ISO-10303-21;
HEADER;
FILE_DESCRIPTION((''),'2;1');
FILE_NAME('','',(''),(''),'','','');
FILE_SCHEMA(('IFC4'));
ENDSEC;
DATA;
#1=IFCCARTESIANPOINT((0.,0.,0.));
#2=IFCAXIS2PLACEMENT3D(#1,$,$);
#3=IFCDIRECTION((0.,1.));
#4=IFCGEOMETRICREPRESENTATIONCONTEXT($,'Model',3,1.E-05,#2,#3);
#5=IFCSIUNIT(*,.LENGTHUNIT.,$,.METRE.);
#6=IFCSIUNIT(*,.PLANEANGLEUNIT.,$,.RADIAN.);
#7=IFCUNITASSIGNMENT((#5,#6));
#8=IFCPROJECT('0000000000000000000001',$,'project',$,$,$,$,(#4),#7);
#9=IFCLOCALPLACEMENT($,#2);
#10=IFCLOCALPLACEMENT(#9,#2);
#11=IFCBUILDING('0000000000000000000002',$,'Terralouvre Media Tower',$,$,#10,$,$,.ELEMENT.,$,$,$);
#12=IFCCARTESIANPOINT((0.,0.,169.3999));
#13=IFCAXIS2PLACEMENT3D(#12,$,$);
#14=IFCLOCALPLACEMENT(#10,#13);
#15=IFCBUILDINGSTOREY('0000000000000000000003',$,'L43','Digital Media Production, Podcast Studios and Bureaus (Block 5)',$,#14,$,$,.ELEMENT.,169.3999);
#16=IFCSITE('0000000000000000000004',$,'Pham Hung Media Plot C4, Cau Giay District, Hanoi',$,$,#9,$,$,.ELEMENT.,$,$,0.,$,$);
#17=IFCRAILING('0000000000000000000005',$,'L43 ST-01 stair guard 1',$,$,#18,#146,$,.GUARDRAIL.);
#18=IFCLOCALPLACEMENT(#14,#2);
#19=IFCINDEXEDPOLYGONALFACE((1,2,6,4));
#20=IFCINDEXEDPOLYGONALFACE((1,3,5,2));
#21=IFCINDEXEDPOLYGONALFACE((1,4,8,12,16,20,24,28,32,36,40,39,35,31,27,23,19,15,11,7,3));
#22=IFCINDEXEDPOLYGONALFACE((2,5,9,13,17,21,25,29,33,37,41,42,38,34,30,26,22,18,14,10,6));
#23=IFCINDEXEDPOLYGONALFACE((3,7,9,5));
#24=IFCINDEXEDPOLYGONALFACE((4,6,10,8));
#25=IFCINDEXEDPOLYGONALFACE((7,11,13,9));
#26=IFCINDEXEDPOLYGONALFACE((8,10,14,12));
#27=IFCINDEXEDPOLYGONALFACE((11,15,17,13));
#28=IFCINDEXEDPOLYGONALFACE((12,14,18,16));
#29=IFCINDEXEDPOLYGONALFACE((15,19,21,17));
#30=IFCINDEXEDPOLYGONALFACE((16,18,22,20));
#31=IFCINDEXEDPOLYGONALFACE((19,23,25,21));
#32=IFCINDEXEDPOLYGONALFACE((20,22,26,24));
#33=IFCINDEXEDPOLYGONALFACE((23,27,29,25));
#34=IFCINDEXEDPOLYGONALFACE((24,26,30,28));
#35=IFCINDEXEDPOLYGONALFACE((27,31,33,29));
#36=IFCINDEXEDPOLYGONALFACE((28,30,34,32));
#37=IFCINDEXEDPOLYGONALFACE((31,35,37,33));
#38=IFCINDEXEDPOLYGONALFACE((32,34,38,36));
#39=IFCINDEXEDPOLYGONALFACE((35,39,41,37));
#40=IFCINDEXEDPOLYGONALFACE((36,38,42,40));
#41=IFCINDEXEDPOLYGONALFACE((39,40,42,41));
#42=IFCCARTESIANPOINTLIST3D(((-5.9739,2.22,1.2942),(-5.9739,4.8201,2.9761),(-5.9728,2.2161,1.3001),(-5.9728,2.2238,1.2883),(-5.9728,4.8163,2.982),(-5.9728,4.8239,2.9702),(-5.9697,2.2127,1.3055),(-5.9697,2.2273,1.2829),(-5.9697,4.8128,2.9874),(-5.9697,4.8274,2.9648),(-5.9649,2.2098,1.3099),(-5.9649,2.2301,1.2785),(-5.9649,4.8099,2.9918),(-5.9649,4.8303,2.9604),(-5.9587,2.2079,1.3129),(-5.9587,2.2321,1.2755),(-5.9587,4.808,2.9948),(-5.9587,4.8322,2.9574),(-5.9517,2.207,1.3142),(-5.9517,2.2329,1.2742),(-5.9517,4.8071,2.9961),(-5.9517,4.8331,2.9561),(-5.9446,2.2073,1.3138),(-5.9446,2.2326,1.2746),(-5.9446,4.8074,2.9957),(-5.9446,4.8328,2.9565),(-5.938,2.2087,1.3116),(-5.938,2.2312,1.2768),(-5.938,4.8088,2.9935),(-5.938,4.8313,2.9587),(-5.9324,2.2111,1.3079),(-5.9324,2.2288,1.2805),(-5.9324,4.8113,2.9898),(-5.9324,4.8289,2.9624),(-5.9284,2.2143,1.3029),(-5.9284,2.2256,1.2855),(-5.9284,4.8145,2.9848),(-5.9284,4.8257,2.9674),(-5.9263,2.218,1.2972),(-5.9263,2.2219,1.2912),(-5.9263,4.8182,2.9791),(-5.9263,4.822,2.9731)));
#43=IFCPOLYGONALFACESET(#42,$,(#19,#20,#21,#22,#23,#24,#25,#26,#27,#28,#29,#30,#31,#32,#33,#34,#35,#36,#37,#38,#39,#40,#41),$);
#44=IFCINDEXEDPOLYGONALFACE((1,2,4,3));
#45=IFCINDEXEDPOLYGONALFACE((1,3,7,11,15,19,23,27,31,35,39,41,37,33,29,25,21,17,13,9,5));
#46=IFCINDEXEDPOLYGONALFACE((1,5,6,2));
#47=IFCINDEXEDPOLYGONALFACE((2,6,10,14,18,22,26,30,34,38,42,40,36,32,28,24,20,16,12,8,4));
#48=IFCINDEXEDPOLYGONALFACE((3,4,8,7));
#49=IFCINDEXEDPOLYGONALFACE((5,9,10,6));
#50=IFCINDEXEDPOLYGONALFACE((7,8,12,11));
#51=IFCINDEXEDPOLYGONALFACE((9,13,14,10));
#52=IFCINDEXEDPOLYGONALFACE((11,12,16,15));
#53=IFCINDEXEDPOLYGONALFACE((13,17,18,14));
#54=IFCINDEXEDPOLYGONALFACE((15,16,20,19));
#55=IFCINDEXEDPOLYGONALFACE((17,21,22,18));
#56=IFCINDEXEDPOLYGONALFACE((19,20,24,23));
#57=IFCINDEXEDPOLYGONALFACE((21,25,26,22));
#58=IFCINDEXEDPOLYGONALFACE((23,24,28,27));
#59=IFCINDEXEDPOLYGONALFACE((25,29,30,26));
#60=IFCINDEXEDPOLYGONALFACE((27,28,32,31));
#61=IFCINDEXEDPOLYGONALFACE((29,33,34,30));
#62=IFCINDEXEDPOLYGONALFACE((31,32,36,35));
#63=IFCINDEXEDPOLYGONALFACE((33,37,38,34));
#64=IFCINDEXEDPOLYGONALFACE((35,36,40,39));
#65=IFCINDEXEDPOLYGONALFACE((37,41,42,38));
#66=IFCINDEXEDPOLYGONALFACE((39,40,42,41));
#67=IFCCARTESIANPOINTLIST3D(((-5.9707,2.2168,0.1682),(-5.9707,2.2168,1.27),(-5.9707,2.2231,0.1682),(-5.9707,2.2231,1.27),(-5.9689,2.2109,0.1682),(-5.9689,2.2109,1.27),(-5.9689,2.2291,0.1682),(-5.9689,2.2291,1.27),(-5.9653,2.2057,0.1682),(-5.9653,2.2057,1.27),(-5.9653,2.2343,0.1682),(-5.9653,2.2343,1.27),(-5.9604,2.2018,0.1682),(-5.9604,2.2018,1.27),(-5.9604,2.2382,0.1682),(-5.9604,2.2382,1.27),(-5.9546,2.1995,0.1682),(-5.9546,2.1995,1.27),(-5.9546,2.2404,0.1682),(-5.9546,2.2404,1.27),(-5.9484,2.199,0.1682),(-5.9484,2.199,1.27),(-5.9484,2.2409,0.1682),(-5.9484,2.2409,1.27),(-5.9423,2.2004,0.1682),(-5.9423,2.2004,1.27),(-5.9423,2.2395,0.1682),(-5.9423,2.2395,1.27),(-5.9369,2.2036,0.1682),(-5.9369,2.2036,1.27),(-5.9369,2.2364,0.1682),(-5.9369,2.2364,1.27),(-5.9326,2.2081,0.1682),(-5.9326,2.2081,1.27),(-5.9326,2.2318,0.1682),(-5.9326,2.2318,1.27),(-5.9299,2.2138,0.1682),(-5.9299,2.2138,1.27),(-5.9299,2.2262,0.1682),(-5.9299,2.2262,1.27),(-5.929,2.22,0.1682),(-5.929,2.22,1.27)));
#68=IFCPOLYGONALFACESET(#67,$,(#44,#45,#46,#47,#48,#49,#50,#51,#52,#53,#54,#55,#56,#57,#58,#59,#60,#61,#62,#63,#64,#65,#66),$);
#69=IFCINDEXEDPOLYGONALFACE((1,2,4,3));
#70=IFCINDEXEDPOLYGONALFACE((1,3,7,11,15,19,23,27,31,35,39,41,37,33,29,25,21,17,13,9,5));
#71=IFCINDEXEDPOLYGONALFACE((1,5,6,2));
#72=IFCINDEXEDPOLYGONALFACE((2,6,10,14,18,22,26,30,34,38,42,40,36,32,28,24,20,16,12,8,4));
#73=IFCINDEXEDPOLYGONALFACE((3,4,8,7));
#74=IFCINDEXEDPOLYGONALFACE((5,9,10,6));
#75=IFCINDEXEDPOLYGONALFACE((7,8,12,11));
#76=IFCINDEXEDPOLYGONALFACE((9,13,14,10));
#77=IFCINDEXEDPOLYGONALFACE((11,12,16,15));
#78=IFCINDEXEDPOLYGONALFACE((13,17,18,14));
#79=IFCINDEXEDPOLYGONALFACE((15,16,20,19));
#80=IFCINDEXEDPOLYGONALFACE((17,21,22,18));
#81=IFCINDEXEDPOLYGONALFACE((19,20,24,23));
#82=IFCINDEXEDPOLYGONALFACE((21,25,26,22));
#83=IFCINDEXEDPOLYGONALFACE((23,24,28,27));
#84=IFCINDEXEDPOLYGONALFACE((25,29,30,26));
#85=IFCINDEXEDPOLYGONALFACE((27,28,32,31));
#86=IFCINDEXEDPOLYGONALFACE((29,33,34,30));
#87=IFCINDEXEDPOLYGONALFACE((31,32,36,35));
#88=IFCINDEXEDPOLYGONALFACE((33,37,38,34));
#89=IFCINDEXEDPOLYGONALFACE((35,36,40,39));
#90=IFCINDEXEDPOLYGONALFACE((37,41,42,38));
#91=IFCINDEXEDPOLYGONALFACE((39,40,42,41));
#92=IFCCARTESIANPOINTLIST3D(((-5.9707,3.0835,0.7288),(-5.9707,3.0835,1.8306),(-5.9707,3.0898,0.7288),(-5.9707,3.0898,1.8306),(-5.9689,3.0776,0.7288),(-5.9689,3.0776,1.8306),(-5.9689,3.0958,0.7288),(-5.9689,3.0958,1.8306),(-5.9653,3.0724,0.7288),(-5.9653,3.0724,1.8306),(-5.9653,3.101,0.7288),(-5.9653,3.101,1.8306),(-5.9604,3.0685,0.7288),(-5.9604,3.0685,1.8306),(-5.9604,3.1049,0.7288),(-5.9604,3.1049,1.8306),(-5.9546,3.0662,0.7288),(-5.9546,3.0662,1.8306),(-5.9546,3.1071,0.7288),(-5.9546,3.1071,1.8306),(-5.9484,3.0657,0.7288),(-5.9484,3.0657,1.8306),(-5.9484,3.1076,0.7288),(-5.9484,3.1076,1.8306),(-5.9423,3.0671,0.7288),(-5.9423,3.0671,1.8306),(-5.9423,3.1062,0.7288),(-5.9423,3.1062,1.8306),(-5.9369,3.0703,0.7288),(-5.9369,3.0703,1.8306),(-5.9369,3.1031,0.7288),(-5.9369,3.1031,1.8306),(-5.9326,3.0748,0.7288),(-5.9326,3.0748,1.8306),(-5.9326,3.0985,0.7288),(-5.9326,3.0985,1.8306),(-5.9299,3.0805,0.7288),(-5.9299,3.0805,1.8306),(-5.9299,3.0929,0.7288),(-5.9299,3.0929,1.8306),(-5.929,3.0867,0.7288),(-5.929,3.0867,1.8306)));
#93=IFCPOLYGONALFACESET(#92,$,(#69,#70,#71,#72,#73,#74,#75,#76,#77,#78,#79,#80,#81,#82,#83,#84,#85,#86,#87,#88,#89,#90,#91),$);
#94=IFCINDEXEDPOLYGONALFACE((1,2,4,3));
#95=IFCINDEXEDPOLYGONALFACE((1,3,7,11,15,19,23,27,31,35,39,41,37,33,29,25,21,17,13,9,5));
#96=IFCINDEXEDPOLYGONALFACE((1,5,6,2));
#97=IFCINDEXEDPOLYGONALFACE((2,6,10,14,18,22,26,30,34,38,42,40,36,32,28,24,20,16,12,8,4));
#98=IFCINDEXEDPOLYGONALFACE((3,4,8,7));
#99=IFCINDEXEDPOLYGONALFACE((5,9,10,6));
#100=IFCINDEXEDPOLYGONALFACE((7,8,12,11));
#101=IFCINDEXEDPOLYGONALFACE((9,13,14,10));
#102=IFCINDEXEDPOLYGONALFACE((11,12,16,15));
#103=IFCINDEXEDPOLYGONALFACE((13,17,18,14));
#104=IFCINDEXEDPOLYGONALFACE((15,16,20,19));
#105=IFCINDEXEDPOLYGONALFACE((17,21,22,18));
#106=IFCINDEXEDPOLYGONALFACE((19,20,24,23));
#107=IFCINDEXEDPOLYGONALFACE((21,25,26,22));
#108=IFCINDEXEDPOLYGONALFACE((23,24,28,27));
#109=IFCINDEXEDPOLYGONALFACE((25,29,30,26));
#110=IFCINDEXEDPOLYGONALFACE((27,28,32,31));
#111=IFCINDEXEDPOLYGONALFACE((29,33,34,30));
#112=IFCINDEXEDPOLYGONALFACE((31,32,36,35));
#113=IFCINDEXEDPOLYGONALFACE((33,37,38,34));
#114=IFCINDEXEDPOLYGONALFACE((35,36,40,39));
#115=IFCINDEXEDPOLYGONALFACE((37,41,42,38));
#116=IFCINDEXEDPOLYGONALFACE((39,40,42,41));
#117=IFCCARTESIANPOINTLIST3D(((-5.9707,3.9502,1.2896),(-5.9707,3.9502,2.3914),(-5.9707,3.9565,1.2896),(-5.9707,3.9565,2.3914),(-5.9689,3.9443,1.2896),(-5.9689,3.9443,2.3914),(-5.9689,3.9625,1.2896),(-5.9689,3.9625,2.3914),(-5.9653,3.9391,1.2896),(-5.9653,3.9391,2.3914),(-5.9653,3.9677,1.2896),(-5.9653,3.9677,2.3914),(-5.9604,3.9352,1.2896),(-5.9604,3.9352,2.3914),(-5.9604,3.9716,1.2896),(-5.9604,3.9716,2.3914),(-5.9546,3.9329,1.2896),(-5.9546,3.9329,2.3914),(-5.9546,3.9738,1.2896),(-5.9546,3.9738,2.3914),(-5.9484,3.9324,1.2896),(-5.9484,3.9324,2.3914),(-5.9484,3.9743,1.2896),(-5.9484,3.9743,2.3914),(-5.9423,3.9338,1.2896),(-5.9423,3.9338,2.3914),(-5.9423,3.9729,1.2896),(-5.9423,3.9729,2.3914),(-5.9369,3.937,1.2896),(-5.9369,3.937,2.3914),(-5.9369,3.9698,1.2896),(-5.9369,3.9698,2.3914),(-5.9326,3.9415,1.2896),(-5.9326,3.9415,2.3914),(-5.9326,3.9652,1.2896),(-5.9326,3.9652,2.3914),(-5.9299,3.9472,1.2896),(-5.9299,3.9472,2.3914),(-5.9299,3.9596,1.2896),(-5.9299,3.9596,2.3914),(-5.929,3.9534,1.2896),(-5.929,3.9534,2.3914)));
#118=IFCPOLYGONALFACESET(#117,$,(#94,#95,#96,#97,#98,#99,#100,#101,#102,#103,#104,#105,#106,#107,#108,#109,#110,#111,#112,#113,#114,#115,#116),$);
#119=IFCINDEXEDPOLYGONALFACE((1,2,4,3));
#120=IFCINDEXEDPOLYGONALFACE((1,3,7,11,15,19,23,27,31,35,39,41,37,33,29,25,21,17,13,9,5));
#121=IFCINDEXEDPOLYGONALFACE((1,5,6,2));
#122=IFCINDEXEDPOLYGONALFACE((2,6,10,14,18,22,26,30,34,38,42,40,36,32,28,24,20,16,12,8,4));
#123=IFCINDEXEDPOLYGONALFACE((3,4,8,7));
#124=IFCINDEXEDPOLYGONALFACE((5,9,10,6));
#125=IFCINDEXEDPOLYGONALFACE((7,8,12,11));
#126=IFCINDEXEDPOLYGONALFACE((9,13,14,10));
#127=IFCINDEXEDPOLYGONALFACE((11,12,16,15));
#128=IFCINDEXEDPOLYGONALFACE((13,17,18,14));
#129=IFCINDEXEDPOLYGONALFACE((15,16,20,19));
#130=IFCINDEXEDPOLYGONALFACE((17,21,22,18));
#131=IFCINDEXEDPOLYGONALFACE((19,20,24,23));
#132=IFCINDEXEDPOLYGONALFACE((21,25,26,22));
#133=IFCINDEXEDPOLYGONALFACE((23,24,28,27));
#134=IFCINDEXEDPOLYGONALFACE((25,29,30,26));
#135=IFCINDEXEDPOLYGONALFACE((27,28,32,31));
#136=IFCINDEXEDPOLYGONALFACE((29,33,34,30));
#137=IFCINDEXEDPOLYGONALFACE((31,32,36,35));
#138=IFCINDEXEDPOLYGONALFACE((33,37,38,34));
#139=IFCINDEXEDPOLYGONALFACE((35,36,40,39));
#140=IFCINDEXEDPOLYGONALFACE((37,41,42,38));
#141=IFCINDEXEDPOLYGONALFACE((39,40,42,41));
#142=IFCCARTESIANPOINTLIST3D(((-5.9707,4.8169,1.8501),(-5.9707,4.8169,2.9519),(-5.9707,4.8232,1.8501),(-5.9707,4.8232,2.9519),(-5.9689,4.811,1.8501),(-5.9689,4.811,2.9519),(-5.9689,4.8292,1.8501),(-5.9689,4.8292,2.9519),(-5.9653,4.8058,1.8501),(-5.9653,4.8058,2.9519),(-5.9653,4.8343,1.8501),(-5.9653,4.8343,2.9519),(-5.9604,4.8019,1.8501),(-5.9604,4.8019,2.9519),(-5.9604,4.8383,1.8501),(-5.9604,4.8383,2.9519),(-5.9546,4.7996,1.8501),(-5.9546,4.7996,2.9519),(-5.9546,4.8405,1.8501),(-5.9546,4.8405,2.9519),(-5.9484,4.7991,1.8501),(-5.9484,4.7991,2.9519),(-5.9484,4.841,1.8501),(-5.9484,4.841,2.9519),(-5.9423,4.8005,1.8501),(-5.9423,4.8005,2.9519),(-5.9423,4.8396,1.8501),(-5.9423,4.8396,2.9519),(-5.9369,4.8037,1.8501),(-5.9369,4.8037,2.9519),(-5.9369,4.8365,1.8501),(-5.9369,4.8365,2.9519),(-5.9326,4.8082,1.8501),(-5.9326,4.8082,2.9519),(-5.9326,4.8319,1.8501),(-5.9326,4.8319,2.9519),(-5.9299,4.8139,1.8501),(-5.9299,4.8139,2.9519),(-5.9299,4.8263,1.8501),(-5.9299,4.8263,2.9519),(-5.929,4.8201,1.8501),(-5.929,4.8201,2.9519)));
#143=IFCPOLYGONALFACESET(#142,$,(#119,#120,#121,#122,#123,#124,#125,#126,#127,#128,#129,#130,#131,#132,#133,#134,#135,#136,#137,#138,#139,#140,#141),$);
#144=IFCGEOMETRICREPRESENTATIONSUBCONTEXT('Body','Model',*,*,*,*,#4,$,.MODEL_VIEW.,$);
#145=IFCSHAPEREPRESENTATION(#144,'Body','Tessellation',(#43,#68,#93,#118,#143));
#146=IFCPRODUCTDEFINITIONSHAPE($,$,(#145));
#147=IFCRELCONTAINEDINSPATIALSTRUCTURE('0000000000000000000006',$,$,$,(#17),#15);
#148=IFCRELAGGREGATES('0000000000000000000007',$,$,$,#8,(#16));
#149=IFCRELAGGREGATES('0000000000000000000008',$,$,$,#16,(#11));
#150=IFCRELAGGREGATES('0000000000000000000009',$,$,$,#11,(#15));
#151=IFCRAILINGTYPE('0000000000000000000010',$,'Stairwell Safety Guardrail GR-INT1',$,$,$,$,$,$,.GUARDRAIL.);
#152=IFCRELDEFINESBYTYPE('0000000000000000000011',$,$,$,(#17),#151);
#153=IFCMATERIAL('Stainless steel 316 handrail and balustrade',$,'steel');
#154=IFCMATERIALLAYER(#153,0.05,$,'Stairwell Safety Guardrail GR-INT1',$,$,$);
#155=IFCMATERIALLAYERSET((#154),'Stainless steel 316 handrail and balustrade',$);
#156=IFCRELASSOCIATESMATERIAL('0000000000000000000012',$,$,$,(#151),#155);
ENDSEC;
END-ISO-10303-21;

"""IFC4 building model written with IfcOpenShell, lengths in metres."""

from ifc_helpers import new_model, si_unit, direction, frame, origin, origin_2d, place, context, subcontext, project, spatial, circle, extrude, material, layer, layer_set, type_object, element, save


model = new_model("IFC4")

# Units and contexts
model_context = context("Model", 3, precision=1e-05, world=origin(), true_north=direction((0.0, 1.0)))
body_context = subcontext(model_context, "Body", "Model", "MODEL_VIEW")
ifc_project = project(units=[si_unit("LENGTHUNIT", "METRE"), si_unit("PLANEANGLEUNIT", "RADIAN")], contexts=[model_context])

# Site, building, storey
site_placement = place(None, origin())
site = spatial("IfcSite", under=ifc_project, at=site_placement, Name="Pham Hung Media Plot C4, Cau Giay District, Hanoi", CompositionType="ELEMENT", RefElevation=0.0)
building_placement = place(site_placement, origin())
building = spatial("IfcBuilding", under=site, at=building_placement, Name="Terralouvre Media Tower", CompositionType="ELEMENT")
storey_placement = place(building_placement, frame((0.0, 0.0, 169.3999)))
storey = spatial("IfcBuildingStorey", under=building, at=storey_placement, Name="L43", Description="Digital Media Production, Podcast Studios and Bureaus (Block 5)", CompositionType="ELEMENT", Elevation=169.3999)

# Railing
ifc_material_1 = material(Name="Stainless steel 316 handrail and balustrade", Category="steel")
ifc_layer_1 = layer(ifc_material_1, 0.05, Name="Stairwell Safety Guardrail GR-INT1")
ifc_layer_set_1 = layer_set([ifc_layer_1], Name="Stainless steel 316 handrail and balustrade")
railing_type_1 = type_object("IfcRailingType", Name="Stairwell Safety Guardrail GR-INT1", PredefinedType="GUARDRAIL", material=ifc_layer_set_1)
railing_1_placement = place(storey_placement, frame((-5.95, 2.22, 0.1682)))
element("IfcRailing", 1, at=railing_1_placement, inside=storey, type_object=railing_type_1, Name="L43 ST-01 stair guard 1", PredefinedType="GUARDRAIL", context=body_context, shape_type="SweptSolid", body=[
    extrude(circle(Radius=0.0239, at=origin_2d()), frame((0.0, 0.0, 1.126), z_axis=(0.0, 0.839648, 0.54313), x_axis=(-1.0, 0.0, 0.0)), (0.0, 0.0, 1.0), 3.0967),
    extrude(circle(Radius=0.021, at=origin_2d()), origin(), (0.0, 0.0, 1.0), 1.1018),
    extrude(circle(Radius=0.021, at=origin_2d()), frame((0.0, 0.8667, 0.5605)), (0.0, 0.0, 1.0), 1.1018),
    extrude(circle(Radius=0.021, at=origin_2d()), frame((0.0, 1.7334, 1.1213)), (0.0, 0.0, 1.0), 1.1018),
    extrude(circle(Radius=0.021, at=origin_2d()), frame((0.0, 2.6001, 1.6819)), (0.0, 0.0, 1.0), 1.1018),
])

save(model, "model.ifc")
